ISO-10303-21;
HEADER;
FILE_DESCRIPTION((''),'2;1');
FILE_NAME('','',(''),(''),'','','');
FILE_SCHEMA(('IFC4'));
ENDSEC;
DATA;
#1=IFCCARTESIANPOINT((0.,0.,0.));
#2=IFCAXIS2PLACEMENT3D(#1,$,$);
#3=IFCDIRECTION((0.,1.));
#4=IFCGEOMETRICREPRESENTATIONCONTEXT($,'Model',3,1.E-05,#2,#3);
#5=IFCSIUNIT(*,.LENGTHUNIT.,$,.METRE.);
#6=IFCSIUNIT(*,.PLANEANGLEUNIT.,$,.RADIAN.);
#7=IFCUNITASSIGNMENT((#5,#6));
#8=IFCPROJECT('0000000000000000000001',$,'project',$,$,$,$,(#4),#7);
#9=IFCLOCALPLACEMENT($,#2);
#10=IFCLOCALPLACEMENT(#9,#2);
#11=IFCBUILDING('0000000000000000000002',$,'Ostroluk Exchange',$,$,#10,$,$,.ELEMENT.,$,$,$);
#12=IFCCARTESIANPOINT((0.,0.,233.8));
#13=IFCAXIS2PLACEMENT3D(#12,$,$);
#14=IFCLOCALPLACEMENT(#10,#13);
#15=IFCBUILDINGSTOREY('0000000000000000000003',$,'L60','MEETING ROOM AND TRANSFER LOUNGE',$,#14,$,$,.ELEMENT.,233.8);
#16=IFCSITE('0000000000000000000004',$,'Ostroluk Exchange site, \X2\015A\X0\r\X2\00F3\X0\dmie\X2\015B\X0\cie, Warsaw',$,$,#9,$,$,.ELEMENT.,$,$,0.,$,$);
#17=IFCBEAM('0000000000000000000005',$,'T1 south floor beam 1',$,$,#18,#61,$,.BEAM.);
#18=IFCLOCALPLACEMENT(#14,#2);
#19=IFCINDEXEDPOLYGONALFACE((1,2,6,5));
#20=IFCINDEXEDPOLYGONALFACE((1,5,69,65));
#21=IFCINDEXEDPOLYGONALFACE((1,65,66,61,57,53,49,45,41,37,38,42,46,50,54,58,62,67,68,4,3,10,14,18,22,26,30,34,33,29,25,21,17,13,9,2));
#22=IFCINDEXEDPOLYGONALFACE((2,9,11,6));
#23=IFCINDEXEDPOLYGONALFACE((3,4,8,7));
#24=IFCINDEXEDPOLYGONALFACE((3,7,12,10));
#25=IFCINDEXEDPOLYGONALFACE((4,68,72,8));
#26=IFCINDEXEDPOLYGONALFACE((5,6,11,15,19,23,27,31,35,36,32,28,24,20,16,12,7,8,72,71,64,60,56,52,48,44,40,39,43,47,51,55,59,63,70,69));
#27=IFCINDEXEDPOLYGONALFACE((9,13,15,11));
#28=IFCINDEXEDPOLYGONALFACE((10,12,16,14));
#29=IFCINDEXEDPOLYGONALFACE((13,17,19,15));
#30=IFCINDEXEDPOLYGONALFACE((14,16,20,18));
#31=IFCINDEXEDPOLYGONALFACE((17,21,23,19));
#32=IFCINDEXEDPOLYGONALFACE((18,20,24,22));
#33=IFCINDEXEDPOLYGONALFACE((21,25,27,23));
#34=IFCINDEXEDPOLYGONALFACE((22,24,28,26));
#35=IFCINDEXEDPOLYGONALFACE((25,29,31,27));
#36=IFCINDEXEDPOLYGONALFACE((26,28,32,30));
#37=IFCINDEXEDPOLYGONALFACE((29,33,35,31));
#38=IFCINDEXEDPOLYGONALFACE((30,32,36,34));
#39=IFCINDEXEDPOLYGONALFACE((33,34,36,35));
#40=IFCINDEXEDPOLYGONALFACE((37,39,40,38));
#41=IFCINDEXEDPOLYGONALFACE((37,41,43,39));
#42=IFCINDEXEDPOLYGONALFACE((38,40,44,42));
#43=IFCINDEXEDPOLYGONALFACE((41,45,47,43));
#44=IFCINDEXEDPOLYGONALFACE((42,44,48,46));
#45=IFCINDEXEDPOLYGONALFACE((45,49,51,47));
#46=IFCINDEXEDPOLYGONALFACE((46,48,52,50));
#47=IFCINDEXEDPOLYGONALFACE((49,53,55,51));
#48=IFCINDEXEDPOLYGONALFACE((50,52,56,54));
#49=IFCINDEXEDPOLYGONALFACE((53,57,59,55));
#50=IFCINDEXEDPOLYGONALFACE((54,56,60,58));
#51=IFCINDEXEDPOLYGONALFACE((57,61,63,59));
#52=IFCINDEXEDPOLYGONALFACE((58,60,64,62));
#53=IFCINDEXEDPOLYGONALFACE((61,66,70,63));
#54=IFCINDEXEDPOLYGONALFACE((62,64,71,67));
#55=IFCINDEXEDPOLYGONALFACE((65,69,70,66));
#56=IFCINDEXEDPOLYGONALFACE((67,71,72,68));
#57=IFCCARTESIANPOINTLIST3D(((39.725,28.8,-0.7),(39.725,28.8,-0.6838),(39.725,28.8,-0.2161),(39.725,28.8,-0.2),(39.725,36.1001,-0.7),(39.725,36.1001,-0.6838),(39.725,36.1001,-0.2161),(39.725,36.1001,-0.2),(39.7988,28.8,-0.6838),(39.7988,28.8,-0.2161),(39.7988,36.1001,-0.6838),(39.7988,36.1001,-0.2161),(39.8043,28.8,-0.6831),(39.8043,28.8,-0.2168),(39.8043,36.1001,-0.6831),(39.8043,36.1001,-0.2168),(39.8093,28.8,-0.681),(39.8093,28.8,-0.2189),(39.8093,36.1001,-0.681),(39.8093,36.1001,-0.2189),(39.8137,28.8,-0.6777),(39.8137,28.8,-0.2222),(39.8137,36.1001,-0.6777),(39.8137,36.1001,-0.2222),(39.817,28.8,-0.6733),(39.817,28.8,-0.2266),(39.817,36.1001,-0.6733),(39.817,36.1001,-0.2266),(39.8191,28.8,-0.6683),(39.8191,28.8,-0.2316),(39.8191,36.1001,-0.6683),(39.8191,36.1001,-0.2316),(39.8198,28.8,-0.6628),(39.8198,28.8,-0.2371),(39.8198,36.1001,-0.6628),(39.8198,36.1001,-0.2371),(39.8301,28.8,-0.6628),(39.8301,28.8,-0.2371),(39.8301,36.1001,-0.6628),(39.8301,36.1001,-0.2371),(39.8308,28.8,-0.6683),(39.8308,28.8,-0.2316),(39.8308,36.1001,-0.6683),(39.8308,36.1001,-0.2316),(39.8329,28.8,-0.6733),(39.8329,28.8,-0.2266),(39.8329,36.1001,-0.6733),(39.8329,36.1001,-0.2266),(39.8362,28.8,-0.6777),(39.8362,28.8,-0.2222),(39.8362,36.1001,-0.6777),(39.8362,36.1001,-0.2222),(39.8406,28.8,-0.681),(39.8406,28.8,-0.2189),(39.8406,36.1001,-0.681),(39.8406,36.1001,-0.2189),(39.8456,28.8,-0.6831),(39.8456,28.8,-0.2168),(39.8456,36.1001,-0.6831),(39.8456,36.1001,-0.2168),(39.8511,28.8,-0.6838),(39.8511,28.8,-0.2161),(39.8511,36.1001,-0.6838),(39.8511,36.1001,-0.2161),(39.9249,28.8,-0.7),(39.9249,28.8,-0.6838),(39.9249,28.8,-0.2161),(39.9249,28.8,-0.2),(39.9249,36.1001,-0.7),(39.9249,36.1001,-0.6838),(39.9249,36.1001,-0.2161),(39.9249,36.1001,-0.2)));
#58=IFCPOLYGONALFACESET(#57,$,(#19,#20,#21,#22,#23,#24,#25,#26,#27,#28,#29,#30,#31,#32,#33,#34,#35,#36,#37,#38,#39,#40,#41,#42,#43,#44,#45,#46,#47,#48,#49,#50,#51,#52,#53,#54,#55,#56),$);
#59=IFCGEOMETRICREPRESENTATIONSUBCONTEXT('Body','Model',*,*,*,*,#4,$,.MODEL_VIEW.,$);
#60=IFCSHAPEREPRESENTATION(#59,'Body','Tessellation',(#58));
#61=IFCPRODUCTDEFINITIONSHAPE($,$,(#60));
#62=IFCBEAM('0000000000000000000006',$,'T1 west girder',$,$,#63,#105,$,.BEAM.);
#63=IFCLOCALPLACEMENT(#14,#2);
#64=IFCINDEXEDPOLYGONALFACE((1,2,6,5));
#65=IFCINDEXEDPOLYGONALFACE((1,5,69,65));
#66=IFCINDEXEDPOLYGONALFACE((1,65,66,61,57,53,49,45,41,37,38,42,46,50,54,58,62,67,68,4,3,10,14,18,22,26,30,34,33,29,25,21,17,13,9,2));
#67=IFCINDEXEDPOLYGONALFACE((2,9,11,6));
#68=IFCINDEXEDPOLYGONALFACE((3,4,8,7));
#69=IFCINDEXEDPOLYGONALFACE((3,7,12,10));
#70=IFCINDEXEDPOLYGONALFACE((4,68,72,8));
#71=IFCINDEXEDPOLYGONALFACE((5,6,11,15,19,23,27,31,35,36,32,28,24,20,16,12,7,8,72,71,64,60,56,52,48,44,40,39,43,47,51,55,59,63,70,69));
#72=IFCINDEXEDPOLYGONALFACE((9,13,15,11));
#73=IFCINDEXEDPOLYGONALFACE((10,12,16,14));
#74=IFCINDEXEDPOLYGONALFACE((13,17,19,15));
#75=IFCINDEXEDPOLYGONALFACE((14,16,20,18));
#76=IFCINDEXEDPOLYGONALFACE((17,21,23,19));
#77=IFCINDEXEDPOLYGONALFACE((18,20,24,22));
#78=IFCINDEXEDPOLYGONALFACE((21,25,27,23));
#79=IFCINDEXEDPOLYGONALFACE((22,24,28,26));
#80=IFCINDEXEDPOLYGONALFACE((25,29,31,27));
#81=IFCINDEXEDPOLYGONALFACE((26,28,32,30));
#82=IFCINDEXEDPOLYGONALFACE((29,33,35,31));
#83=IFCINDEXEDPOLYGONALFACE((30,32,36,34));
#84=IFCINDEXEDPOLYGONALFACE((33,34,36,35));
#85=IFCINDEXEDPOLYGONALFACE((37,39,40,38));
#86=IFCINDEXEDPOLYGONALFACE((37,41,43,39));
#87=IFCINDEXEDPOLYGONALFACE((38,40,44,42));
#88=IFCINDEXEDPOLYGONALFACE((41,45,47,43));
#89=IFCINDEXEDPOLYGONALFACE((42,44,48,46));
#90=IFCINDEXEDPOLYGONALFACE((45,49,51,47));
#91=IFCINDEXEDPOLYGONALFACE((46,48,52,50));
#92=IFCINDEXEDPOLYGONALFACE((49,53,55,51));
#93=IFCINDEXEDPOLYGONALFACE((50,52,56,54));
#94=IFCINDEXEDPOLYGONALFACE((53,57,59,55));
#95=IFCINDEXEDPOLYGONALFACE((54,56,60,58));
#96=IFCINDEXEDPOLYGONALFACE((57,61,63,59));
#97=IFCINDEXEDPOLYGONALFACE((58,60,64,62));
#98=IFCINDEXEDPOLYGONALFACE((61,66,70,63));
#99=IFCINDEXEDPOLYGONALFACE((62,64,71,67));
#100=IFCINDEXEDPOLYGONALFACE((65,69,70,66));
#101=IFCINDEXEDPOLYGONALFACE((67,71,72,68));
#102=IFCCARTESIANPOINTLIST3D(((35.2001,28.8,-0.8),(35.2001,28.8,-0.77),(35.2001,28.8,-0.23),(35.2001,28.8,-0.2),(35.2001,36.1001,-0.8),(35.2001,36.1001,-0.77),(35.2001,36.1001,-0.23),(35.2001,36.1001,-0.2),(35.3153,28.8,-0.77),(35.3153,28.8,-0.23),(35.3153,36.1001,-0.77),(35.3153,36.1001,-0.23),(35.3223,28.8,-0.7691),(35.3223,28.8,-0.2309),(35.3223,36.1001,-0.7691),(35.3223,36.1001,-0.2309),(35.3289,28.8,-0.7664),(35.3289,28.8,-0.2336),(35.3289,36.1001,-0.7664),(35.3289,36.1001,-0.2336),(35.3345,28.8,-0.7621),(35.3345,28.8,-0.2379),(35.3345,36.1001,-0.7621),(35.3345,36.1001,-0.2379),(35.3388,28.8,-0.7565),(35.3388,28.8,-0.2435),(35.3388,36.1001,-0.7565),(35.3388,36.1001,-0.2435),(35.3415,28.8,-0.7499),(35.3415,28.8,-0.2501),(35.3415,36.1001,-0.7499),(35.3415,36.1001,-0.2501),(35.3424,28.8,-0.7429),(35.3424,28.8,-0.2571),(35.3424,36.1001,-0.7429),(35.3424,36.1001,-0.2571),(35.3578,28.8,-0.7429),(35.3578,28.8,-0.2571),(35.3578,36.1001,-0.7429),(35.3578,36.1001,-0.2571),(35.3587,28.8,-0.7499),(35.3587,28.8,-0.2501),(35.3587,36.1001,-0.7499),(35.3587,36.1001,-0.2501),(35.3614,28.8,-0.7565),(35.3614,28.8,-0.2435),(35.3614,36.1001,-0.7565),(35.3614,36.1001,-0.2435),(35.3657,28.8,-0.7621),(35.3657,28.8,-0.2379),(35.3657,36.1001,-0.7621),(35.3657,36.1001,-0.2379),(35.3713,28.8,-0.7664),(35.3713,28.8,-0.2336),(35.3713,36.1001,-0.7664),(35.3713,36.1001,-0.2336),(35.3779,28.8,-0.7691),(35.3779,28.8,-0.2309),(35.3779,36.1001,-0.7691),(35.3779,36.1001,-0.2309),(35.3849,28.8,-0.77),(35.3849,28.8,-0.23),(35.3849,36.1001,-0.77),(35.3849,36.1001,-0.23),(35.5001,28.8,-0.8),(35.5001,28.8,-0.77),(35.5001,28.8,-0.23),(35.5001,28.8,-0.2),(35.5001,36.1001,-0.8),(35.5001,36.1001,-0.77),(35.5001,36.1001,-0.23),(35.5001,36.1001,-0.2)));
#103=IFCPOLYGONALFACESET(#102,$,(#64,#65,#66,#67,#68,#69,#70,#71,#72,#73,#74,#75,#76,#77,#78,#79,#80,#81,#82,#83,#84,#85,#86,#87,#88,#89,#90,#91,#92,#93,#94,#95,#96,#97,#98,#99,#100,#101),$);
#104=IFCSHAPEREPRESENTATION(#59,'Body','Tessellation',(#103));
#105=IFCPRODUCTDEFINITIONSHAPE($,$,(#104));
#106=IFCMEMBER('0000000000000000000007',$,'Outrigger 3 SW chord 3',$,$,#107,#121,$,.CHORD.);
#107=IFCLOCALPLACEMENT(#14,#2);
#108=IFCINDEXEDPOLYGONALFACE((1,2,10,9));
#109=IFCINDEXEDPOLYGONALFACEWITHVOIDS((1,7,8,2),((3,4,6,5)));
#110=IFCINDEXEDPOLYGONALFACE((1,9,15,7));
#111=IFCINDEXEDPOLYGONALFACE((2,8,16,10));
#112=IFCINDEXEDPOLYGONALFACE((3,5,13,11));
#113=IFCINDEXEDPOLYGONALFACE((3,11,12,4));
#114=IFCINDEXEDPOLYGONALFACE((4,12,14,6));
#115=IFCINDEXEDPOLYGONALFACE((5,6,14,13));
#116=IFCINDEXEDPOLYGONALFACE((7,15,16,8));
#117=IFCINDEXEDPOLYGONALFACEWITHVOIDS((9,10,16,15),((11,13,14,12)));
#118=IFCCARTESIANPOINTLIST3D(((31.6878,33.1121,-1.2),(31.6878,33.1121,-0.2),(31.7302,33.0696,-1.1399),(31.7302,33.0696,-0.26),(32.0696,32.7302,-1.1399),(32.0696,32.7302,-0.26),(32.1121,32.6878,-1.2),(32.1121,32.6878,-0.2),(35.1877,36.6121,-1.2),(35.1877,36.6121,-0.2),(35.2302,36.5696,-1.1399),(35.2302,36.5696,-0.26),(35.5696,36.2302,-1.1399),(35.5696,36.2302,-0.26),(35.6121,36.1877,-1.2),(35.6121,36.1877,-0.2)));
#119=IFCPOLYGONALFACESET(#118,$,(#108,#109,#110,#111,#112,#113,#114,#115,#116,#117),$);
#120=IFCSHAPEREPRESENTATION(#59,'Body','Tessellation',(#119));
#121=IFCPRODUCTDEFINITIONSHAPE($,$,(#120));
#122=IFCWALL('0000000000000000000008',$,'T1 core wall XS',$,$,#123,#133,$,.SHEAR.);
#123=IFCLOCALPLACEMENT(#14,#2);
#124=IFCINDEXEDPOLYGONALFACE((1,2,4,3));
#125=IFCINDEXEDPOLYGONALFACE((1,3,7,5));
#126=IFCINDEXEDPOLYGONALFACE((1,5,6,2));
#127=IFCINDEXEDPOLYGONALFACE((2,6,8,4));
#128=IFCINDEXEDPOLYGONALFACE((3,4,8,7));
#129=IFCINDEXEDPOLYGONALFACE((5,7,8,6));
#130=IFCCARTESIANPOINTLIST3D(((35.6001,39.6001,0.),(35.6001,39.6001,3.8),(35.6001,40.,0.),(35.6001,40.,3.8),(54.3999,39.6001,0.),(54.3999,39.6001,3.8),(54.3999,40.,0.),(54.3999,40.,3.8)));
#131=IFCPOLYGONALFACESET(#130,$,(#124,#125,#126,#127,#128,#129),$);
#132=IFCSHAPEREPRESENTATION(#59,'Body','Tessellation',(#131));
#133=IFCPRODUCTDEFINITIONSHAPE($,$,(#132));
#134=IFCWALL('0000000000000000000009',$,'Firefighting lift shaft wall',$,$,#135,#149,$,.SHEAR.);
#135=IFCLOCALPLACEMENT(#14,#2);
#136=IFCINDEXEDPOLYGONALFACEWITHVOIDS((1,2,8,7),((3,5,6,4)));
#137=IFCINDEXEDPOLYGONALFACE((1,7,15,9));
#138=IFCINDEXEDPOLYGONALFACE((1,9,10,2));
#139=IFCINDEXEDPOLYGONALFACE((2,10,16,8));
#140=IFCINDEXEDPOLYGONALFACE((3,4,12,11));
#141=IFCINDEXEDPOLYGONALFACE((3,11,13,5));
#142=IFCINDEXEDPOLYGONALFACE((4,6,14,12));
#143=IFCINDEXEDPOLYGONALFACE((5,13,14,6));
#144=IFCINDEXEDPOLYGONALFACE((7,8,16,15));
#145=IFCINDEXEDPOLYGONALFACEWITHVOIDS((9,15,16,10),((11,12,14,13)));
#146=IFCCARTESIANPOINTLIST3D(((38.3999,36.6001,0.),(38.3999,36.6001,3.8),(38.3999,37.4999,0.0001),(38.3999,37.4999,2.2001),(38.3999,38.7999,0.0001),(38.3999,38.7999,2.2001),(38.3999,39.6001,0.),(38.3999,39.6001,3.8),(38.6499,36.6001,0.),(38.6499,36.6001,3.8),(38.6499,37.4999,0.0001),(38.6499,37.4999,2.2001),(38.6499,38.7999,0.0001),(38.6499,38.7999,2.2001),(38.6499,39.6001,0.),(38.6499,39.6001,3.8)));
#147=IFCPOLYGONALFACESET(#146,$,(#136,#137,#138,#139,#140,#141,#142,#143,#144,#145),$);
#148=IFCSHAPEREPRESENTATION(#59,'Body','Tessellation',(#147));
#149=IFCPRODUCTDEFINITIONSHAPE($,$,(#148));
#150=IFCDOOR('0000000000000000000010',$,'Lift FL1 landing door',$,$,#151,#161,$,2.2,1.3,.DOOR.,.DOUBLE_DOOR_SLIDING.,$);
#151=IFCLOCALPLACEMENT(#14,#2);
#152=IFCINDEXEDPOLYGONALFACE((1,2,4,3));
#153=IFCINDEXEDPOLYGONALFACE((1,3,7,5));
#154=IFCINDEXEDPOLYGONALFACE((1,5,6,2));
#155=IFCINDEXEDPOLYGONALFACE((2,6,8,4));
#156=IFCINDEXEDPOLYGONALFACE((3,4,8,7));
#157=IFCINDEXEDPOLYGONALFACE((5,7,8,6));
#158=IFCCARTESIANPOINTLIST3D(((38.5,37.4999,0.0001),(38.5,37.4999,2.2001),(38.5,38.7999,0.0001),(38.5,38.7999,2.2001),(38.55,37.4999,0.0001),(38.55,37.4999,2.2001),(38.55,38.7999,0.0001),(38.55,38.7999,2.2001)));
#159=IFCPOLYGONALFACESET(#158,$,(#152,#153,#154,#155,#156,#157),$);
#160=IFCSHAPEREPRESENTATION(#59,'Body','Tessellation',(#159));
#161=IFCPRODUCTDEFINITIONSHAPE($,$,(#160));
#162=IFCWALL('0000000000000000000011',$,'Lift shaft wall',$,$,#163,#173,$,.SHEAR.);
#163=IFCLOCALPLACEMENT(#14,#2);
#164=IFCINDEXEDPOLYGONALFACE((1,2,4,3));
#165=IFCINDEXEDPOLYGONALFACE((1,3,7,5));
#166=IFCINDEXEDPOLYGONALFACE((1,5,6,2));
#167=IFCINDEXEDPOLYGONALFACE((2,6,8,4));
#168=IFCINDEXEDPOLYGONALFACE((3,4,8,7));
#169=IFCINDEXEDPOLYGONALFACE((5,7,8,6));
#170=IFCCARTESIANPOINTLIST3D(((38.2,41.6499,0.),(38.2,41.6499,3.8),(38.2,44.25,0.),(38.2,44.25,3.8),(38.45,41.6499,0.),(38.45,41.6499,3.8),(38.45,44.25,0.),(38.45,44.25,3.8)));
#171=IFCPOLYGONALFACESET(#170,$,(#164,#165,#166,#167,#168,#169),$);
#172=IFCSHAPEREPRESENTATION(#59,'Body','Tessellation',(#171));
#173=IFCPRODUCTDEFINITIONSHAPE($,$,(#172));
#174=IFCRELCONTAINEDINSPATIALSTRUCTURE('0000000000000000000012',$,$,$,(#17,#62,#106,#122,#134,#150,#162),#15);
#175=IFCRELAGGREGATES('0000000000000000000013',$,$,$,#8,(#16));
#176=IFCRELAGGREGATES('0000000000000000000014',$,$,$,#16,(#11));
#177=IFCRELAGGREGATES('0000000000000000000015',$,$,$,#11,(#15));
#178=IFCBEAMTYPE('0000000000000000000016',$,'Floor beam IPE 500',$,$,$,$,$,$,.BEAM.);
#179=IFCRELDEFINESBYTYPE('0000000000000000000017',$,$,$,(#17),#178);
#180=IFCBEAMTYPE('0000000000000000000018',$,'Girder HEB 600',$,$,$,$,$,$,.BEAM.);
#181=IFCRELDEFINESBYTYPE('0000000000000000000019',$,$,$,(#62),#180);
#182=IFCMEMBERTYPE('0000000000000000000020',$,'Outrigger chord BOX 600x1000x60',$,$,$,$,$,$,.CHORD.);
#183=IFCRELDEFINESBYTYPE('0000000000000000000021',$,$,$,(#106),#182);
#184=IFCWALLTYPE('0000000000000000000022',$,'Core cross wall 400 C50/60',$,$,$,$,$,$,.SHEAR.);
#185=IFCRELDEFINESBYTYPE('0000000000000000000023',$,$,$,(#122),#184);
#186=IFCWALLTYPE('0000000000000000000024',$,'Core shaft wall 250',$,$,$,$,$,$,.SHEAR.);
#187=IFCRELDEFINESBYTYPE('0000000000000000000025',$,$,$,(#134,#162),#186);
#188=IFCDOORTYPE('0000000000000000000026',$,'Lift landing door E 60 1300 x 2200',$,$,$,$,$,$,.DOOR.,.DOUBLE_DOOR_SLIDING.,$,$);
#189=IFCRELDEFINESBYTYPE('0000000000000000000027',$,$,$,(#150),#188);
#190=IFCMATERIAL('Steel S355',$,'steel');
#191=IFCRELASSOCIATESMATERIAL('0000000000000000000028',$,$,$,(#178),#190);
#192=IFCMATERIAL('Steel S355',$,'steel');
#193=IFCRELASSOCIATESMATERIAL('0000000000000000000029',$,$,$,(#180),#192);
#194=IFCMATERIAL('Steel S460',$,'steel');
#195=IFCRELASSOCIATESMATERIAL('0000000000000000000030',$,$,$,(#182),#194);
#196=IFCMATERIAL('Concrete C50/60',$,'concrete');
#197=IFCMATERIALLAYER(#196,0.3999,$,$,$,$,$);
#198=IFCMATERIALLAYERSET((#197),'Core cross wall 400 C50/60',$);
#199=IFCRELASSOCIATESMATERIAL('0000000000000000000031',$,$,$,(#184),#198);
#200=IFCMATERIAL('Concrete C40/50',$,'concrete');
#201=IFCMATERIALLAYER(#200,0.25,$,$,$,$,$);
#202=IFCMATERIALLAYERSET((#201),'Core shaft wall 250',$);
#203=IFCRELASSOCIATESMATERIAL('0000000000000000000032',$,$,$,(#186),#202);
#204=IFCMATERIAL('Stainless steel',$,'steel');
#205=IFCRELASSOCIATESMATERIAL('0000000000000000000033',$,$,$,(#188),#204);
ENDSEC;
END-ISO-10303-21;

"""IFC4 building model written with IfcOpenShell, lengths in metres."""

from ifc_helpers import new_model, si_unit, direction, frame, frame_2d, origin, origin_2d, place, context, subcontext, project, spatial, rectangle, hollow_rectangle, i_section, extrude, material, layer, layer_set, material_profile, profile_set, type_object, element, fill, save


model = new_model("IFC4")

# Units and contexts
model_context = context("Model", 3, precision=1e-05, world=origin(), true_north=direction((0.0, 1.0)))
body_context = subcontext(model_context, "Body", "Model", "MODEL_VIEW")
ifc_project = project(units=[si_unit("LENGTHUNIT", "METRE"), si_unit("PLANEANGLEUNIT", "RADIAN")], contexts=[model_context])

# Site, building, storey
site_placement = place(None, origin())
site = spatial("IfcSite", under=ifc_project, at=site_placement, Name="Ostroluk Exchange site, Śródmieście, Warsaw", CompositionType="ELEMENT", RefElevation=0.0)
building_placement = place(site_placement, origin())
building = spatial("IfcBuilding", under=site, at=building_placement, Name="Ostroluk Exchange", CompositionType="ELEMENT")
storey_placement = place(building_placement, frame((0.0, 0.0, 233.8)))
storey = spatial("IfcBuildingStorey", under=building, at=storey_placement, Name="L60", Description="MEETING ROOM AND TRANSFER LOUNGE", CompositionType="ELEMENT", Elevation=233.8)

# Beams
ifc_material_1 = material(Name="Steel S355", Category="steel")
ifc_material_profile_1 = material_profile(ifc_material_1, i_section(OverallWidth=0.2, OverallDepth=0.5, WebThickness=0.0103, FlangeThickness=0.0161, FilletRadius=0.021, at=origin_2d()), Name="IPE 500")
ifc_profile_set_1 = profile_set([ifc_material_profile_1], Name="Steel S355")
beam_type_1 = type_object("IfcBeamType", Name="Floor beam IPE 500", PredefinedType="BEAM", material=ifc_profile_set_1)
for number, where, z_axis, x_axis, name in (
    (1, (39.825, 36.1001, -0.45), (0.0, -1.0, 0.0), (1.0, 0.0, 0.0), "T1 south floor beam 1"),
):
    element("IfcBeam", number, at=place(storey_placement, frame(where, z_axis=z_axis, x_axis=x_axis)), inside=storey, type_object=beam_type_1, Name=name, PredefinedType="BEAM", context=body_context, shape_type="SweptSolid", body=[
        extrude(i_section(OverallWidth=0.2, OverallDepth=0.5, WebThickness=0.0103, FlangeThickness=0.0161, FilletRadius=0.021, at=origin_2d()), origin(), (0.0, 0.0, 1.0), 7.3),
    ])
ifc_material_2 = material(Name="Steel S355", Category="steel")
ifc_material_profile_2 = material_profile(ifc_material_2, i_section(OverallWidth=0.3, OverallDepth=0.6001, WebThickness=0.0154, FlangeThickness=0.03, FilletRadius=0.0271, at=origin_2d()), Name="HEB 600")
ifc_profile_set_2 = profile_set([ifc_material_profile_2], Name="Steel S355")
beam_type_2 = type_object("IfcBeamType", Name="Girder HEB 600", PredefinedType="BEAM", material=ifc_profile_set_2)
beam_1_placement = place(storey_placement, frame((35.3501, 36.1001, -0.5), z_axis=(0.0, -1.0, 0.0), x_axis=(1.0, 0.0, 0.0)))
element("IfcBeam", 2, at=beam_1_placement, inside=storey, type_object=beam_type_2, Name="T1 west girder", PredefinedType="BEAM", context=body_context, shape_type="SweptSolid", body=[
    extrude(i_section(OverallWidth=0.3, OverallDepth=0.6001, WebThickness=0.0154, FlangeThickness=0.03, FilletRadius=0.0271, at=origin_2d()), origin(), (0.0, 0.0, 1.0), 7.3),
])

# Member
ifc_material_3 = material(Name="Steel S460", Category="steel")
ifc_material_profile_3 = material_profile(ifc_material_3, hollow_rectangle(XDim=0.6001, YDim=1.0, WallThickness=0.0601, at=origin_2d()), Name="BOX 600x1000x60")
ifc_profile_set_3 = profile_set([ifc_material_profile_3], Name="Steel S460")
member_type = type_object("IfcMemberType", Name="Outrigger chord BOX 600x1000x60", PredefinedType="CHORD", material=ifc_profile_set_3)
member_placement = place(storey_placement, frame((35.3999, 36.3999, -0.7), z_axis=(-0.707107, -0.707107, 0.0), x_axis=(0.707107, -0.707107, 0.0)))
element("IfcMember", 3, at=member_placement, inside=storey, type_object=member_type, Name="Outrigger 3 SW chord 3", PredefinedType="CHORD", context=body_context, shape_type="SweptSolid", body=[
    extrude(hollow_rectangle(XDim=0.6001, YDim=1.0, WallThickness=0.0601, at=origin_2d()), origin(), (0.0, 0.0, 1.0), 4.9497),
])

# Wall
ifc_material_4 = material(Name="Concrete C50/60", Category="concrete")
ifc_layer_1 = layer(ifc_material_4, 0.3999)
ifc_layer_set_1 = layer_set([ifc_layer_1], Name="Core cross wall 400 C50/60")
wall_type_1 = type_object("IfcWallType", Name="Core cross wall 400 C50/60", PredefinedType="SHEAR", material=ifc_layer_set_1)
wall_1_placement = place(storey_placement, frame((35.6001, 39.8, 0.0), z_axis=(0.0, 0.0, 1.0), x_axis=(1.0, 0.0, 0.0)))
element("IfcWall", 4, at=wall_1_placement, inside=storey, type_object=wall_type_1, Name="T1 core wall XS", PredefinedType="SHEAR", context=body_context, shape_type="SweptSolid", body=[
    extrude(rectangle(XDim=18.7998, YDim=0.3999, at=frame_2d((9.3999, 0.0))), origin(), (0.0, 0.0, 1.0), 3.8),
])

# Wall, opening, door
ifc_material_5 = material(Name="Concrete C40/50", Category="concrete")
ifc_layer_2 = layer(ifc_material_5, 0.25)
ifc_layer_set_2 = layer_set([ifc_layer_2], Name="Core shaft wall 250")
wall_type_2 = type_object("IfcWallType", Name="Core shaft wall 250", PredefinedType="SHEAR", material=ifc_layer_set_2)
wall_2_placement = place(storey_placement, frame((38.5249, 36.6001, 0.0), z_axis=(0.0, 0.0, 1.0), x_axis=(0.0, 1.0, 0.0)))
wall_2 = element("IfcWall", 5, at=wall_2_placement, inside=storey, type_object=wall_type_2, Name="Firefighting lift shaft wall", PredefinedType="SHEAR", context=body_context, shape_type="SweptSolid", body=[
    extrude(rectangle(XDim=3.0, YDim=0.25, at=frame_2d((1.5, 0.0))), origin(), (0.0, 0.0, 1.0), 3.8),
])
opening_1_placement = place(wall_2_placement, frame((0.8999, 0.0, 0.0)))
opening_1 = element("IfcOpeningElement", 6, at=opening_1_placement, cuts=wall_2, PredefinedType="OPENING", context=body_context, shape_type="SweptSolid", body=[
    extrude(rectangle(XDim=1.3, YDim=2.2, at=frame_2d((0.6499, 1.1001))), frame((0.0, 0.135, 0.0), z_axis=(0.0, -1.0, 0.0), x_axis=(1.0, 0.0, 0.0)), (0.0, 0.0, 1.0), 0.27),
])
ifc_material_6 = material(Name="Stainless steel", Category="steel")
door_type_1 = type_object("IfcDoorType", Name="Lift landing door E 60 1300 x 2200", OperationType="DOUBLE_DOOR_SLIDING", PredefinedType="DOOR", material=ifc_material_6)
door_1_placement = place(opening_1_placement, origin())
door_1 = element("IfcDoor", 7, at=door_1_placement, inside=storey, type_object=door_type_1, Name="Lift FL1 landing door", OperationType="DOUBLE_DOOR_SLIDING", OverallHeight=2.2, OverallWidth=1.3, PredefinedType="DOOR", context=body_context, shape_type="SweptSolid", body=[
    extrude(rectangle(XDim=1.3, YDim=2.2, at=frame_2d((0.6499, 1.1001))), frame((0.0, 0.0249, 0.0), z_axis=(0.0, -1.0, 0.0), x_axis=(1.0, 0.0, 0.0)), (0.0, 0.0, 1.0), 0.05),
])
fill(opening_1, door_1)

# Wall
wall_3_placement = place(storey_placement, frame((38.325, 44.25, 0.0), z_axis=(0.0, 0.0, 1.0), x_axis=(0.0, -1.0, 0.0)))
element("IfcWall", 8, at=wall_3_placement, inside=storey, type_object=wall_type_2, Name="Lift shaft wall", PredefinedType="SHEAR", context=body_context, shape_type="SweptSolid", body=[
    extrude(rectangle(XDim=2.6001, YDim=0.25, at=frame_2d((1.3, 0.0))), origin(), (0.0, 0.0, 1.0), 3.8),
])

save(model, "model.ifc")
